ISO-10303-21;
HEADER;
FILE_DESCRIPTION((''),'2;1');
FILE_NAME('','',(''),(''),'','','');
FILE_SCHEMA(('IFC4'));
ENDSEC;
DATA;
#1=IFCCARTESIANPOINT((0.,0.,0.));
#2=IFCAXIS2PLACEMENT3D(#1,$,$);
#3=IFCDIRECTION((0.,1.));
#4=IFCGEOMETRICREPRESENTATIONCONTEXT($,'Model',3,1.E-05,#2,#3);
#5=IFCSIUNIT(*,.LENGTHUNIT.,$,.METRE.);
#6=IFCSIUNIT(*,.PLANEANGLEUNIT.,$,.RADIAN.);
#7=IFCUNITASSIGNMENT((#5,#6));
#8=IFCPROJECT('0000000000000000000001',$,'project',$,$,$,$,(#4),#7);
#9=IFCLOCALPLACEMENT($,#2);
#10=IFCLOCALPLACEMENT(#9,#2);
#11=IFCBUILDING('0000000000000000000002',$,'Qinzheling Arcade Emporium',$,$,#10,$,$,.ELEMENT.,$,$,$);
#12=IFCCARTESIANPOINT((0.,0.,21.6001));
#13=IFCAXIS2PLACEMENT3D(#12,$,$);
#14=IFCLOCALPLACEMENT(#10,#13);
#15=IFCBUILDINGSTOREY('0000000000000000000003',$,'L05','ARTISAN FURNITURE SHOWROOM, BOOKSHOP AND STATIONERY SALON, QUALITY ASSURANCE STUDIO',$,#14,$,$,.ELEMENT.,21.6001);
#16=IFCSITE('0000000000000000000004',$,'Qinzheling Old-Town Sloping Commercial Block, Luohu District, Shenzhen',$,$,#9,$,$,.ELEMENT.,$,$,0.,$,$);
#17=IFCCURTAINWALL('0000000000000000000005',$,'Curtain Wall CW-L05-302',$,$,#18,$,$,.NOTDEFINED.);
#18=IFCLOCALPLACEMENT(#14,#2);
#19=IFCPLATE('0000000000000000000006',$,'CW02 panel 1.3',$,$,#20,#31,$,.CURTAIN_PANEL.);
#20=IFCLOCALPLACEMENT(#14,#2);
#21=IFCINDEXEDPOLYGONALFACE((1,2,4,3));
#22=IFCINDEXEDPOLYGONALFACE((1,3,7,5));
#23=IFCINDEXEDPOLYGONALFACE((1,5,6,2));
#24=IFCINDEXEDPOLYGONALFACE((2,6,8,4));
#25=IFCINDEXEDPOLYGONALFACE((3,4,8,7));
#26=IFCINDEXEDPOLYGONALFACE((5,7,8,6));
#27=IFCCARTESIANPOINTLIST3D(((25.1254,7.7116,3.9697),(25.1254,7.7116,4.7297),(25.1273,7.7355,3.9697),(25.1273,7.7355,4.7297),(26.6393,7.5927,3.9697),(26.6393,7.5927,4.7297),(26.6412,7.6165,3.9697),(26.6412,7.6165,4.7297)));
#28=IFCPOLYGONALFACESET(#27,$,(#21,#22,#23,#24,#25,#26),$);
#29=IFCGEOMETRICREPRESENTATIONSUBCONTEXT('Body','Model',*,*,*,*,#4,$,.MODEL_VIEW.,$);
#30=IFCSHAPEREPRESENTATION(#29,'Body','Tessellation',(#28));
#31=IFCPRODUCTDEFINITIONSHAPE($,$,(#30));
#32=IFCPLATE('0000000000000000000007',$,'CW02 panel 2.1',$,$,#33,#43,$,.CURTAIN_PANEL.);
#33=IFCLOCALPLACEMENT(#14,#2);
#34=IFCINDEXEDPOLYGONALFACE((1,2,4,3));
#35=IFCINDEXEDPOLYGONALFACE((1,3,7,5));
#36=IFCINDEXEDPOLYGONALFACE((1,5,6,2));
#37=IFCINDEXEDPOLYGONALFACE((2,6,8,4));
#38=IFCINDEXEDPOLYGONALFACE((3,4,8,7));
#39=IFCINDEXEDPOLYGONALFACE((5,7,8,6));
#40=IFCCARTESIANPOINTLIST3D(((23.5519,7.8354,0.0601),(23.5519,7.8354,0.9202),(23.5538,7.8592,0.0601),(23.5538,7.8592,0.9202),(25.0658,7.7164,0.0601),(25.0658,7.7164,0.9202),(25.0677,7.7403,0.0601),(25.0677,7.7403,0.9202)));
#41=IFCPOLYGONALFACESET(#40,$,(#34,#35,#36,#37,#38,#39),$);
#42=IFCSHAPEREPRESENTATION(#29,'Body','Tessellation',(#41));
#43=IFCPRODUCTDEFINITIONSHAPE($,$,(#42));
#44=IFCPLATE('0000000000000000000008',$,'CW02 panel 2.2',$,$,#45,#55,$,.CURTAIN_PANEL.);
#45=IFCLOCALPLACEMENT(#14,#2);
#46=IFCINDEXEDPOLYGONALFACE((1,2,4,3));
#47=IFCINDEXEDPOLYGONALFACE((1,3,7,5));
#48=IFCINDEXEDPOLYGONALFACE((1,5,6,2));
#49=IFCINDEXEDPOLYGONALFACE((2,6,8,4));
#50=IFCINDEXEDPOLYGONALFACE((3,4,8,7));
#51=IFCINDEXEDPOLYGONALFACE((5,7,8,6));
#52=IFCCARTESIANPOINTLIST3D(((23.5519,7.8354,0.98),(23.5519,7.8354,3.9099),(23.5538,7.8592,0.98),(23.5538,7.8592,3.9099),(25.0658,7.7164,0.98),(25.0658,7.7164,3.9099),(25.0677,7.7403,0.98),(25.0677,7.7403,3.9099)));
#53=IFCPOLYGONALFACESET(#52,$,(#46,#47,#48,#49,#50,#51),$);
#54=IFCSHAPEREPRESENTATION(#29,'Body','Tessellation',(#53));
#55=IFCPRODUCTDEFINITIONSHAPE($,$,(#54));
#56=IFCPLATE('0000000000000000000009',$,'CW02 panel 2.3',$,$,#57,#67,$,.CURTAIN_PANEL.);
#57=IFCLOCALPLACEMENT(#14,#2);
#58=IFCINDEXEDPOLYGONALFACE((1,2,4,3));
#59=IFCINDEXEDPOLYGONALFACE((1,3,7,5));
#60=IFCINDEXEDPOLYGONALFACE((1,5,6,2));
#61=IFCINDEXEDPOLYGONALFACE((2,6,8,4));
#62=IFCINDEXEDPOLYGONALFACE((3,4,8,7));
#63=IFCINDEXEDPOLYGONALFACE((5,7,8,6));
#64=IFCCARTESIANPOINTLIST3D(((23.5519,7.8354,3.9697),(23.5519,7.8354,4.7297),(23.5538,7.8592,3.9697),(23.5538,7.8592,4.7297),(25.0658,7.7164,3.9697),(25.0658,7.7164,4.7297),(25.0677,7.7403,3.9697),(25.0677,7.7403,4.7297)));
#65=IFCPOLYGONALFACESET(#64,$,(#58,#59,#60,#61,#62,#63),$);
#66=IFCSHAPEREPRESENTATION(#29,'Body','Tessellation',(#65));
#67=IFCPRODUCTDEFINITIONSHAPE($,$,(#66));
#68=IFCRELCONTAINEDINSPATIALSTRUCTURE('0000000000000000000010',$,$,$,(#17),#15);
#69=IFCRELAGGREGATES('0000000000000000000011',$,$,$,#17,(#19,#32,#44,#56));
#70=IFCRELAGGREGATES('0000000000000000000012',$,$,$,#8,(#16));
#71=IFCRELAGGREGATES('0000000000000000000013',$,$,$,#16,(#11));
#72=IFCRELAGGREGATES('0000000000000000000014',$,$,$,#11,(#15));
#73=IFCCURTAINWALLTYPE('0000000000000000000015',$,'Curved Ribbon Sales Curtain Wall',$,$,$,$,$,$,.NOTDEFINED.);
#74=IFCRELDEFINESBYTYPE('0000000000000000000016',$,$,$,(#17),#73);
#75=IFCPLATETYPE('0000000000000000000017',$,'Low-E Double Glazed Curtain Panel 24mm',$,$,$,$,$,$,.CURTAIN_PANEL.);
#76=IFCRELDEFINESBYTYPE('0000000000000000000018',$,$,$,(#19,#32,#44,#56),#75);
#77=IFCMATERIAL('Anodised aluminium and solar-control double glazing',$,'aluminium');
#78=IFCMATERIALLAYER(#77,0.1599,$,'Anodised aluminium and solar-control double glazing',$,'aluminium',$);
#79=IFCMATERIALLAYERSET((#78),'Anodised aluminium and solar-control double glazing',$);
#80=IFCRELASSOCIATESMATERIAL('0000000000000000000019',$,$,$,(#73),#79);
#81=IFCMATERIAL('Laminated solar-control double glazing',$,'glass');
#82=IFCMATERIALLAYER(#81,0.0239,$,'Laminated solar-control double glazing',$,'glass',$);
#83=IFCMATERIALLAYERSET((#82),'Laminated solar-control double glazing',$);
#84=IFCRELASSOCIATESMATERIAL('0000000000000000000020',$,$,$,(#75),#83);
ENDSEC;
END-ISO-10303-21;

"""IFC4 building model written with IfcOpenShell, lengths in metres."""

from ifc_helpers import new_model, si_unit, direction, frame, origin, origin_2d, place, context, subcontext, project, spatial, rectangle, extrude, material, layer, layer_set, type_object, element, aggregate, save


model = new_model("IFC4")

# Units and contexts
model_context = context("Model", 3, precision=1e-05, world=origin(), true_north=direction((0.0, 1.0)))
body_context = subcontext(model_context, "Body", "Model", "MODEL_VIEW")
ifc_project = project(units=[si_unit("LENGTHUNIT", "METRE"), si_unit("PLANEANGLEUNIT", "RADIAN")], contexts=[model_context])

# Site, building, storey
site_placement = place(None, origin())
site = spatial("IfcSite", under=ifc_project, at=site_placement, Name="Qinzheling Old-Town Sloping Commercial Block, Luohu District, Shenzhen", CompositionType="ELEMENT", RefElevation=0.0)
building_placement = place(site_placement, origin())
building = spatial("IfcBuilding", under=site, at=building_placement, Name="Qinzheling Arcade Emporium", CompositionType="ELEMENT")
storey_placement = place(building_placement, frame((0.0, 0.0, 21.6001)))
storey = spatial("IfcBuildingStorey", under=building, at=storey_placement, Name="L05", Description="ARTISAN FURNITURE SHOWROOM, BOOKSHOP AND STATIONERY SALON, QUALITY ASSURANCE STUDIO", CompositionType="ELEMENT", Elevation=21.6001)

# Shared definitions
ifc_material_1 = material(Name="Anodised aluminium and solar-control double glazing", Category="aluminium")

# Curtain wall
ifc_layer_1 = layer(ifc_material_1, 0.1599, Name="Anodised aluminium and solar-control double glazing", Category="aluminium")
ifc_layer_set_1 = layer_set([ifc_layer_1], Name="Anodised aluminium and solar-control double glazing")
curtain_wall_type_1 = type_object("IfcCurtainWallType", Name="Curved Ribbon Sales Curtain Wall", PredefinedType="NOTDEFINED", material=ifc_layer_set_1)
curtain_wall_1_placement = place(storey_placement, origin())
curtain_wall_1 = element("IfcCurtainWall", 1, at=curtain_wall_1_placement, inside=storey, type_object=curtain_wall_type_1, Name="Curtain Wall CW-L05-302", PredefinedType="NOTDEFINED")

# Plates
ifc_material_2 = material(Name="Laminated solar-control double glazing", Category="glass")
ifc_layer_2 = layer(ifc_material_2, 0.0239, Name="Laminated solar-control double glazing", Category="glass")
ifc_layer_set_2 = layer_set([ifc_layer_2], Name="Laminated solar-control double glazing")
plate_type_1 = type_object("IfcPlateType", Name="Low-E Double Glazed Curtain Panel 24mm", PredefinedType="CURTAIN_PANEL", material=ifc_layer_set_2)
plate_1_placement = place(storey_placement, frame((25.8833, 7.6641, 3.9697), z_axis=(0.0, 0.0, 1.0), x_axis=(-0.996927, 0.078337, 0.0)))
plate_1 = element("IfcPlate", 2, at=plate_1_placement, type_object=plate_type_1, Name="CW02 panel 1.3", PredefinedType="CURTAIN_PANEL", context=body_context, shape_type="SweptSolid", body=[
    extrude(rectangle(XDim=1.5186, YDim=0.0239, at=origin_2d()), origin(), (0.0, 0.0, 1.0), 0.76),
])
plate_2_placement = place(storey_placement, frame((24.3098, 7.7878, 0.0601), z_axis=(0.0, 0.0, 1.0), x_axis=(-0.996927, 0.078337, 0.0)))
plate_2 = element("IfcPlate", 3, at=plate_2_placement, type_object=plate_type_1, Name="CW02 panel 2.1", PredefinedType="CURTAIN_PANEL", context=body_context, shape_type="SweptSolid", body=[
    extrude(rectangle(XDim=1.5186, YDim=0.0239, at=origin_2d()), origin(), (0.0, 0.0, 1.0), 0.8601),
])
plate_3_placement = place(storey_placement, frame((24.3098, 7.7878, 0.98), z_axis=(0.0, 0.0, 1.0), x_axis=(-0.996927, 0.078337, 0.0)))
plate_3 = element("IfcPlate", 4, at=plate_3_placement, type_object=plate_type_1, Name="CW02 panel 2.2", PredefinedType="CURTAIN_PANEL", context=body_context, shape_type="SweptSolid", body=[
    extrude(rectangle(XDim=1.5186, YDim=0.0239, at=origin_2d()), origin(), (0.0, 0.0, 1.0), 2.9299),
])
plate_4_placement = place(storey_placement, frame((24.3098, 7.7878, 3.9697), z_axis=(0.0, 0.0, 1.0), x_axis=(-0.996927, 0.078337, 0.0)))
plate_4 = element("IfcPlate", 5, at=plate_4_placement, type_object=plate_type_1, Name="CW02 panel 2.3", PredefinedType="CURTAIN_PANEL", context=body_context, shape_type="SweptSolid", body=[
    extrude(rectangle(XDim=1.5186, YDim=0.0239, at=origin_2d()), origin(), (0.0, 0.0, 1.0), 0.76),
])
aggregate(curtain_wall_1, [plate_1, plate_2, plate_3, plate_4])

save(model, "model.ifc")
